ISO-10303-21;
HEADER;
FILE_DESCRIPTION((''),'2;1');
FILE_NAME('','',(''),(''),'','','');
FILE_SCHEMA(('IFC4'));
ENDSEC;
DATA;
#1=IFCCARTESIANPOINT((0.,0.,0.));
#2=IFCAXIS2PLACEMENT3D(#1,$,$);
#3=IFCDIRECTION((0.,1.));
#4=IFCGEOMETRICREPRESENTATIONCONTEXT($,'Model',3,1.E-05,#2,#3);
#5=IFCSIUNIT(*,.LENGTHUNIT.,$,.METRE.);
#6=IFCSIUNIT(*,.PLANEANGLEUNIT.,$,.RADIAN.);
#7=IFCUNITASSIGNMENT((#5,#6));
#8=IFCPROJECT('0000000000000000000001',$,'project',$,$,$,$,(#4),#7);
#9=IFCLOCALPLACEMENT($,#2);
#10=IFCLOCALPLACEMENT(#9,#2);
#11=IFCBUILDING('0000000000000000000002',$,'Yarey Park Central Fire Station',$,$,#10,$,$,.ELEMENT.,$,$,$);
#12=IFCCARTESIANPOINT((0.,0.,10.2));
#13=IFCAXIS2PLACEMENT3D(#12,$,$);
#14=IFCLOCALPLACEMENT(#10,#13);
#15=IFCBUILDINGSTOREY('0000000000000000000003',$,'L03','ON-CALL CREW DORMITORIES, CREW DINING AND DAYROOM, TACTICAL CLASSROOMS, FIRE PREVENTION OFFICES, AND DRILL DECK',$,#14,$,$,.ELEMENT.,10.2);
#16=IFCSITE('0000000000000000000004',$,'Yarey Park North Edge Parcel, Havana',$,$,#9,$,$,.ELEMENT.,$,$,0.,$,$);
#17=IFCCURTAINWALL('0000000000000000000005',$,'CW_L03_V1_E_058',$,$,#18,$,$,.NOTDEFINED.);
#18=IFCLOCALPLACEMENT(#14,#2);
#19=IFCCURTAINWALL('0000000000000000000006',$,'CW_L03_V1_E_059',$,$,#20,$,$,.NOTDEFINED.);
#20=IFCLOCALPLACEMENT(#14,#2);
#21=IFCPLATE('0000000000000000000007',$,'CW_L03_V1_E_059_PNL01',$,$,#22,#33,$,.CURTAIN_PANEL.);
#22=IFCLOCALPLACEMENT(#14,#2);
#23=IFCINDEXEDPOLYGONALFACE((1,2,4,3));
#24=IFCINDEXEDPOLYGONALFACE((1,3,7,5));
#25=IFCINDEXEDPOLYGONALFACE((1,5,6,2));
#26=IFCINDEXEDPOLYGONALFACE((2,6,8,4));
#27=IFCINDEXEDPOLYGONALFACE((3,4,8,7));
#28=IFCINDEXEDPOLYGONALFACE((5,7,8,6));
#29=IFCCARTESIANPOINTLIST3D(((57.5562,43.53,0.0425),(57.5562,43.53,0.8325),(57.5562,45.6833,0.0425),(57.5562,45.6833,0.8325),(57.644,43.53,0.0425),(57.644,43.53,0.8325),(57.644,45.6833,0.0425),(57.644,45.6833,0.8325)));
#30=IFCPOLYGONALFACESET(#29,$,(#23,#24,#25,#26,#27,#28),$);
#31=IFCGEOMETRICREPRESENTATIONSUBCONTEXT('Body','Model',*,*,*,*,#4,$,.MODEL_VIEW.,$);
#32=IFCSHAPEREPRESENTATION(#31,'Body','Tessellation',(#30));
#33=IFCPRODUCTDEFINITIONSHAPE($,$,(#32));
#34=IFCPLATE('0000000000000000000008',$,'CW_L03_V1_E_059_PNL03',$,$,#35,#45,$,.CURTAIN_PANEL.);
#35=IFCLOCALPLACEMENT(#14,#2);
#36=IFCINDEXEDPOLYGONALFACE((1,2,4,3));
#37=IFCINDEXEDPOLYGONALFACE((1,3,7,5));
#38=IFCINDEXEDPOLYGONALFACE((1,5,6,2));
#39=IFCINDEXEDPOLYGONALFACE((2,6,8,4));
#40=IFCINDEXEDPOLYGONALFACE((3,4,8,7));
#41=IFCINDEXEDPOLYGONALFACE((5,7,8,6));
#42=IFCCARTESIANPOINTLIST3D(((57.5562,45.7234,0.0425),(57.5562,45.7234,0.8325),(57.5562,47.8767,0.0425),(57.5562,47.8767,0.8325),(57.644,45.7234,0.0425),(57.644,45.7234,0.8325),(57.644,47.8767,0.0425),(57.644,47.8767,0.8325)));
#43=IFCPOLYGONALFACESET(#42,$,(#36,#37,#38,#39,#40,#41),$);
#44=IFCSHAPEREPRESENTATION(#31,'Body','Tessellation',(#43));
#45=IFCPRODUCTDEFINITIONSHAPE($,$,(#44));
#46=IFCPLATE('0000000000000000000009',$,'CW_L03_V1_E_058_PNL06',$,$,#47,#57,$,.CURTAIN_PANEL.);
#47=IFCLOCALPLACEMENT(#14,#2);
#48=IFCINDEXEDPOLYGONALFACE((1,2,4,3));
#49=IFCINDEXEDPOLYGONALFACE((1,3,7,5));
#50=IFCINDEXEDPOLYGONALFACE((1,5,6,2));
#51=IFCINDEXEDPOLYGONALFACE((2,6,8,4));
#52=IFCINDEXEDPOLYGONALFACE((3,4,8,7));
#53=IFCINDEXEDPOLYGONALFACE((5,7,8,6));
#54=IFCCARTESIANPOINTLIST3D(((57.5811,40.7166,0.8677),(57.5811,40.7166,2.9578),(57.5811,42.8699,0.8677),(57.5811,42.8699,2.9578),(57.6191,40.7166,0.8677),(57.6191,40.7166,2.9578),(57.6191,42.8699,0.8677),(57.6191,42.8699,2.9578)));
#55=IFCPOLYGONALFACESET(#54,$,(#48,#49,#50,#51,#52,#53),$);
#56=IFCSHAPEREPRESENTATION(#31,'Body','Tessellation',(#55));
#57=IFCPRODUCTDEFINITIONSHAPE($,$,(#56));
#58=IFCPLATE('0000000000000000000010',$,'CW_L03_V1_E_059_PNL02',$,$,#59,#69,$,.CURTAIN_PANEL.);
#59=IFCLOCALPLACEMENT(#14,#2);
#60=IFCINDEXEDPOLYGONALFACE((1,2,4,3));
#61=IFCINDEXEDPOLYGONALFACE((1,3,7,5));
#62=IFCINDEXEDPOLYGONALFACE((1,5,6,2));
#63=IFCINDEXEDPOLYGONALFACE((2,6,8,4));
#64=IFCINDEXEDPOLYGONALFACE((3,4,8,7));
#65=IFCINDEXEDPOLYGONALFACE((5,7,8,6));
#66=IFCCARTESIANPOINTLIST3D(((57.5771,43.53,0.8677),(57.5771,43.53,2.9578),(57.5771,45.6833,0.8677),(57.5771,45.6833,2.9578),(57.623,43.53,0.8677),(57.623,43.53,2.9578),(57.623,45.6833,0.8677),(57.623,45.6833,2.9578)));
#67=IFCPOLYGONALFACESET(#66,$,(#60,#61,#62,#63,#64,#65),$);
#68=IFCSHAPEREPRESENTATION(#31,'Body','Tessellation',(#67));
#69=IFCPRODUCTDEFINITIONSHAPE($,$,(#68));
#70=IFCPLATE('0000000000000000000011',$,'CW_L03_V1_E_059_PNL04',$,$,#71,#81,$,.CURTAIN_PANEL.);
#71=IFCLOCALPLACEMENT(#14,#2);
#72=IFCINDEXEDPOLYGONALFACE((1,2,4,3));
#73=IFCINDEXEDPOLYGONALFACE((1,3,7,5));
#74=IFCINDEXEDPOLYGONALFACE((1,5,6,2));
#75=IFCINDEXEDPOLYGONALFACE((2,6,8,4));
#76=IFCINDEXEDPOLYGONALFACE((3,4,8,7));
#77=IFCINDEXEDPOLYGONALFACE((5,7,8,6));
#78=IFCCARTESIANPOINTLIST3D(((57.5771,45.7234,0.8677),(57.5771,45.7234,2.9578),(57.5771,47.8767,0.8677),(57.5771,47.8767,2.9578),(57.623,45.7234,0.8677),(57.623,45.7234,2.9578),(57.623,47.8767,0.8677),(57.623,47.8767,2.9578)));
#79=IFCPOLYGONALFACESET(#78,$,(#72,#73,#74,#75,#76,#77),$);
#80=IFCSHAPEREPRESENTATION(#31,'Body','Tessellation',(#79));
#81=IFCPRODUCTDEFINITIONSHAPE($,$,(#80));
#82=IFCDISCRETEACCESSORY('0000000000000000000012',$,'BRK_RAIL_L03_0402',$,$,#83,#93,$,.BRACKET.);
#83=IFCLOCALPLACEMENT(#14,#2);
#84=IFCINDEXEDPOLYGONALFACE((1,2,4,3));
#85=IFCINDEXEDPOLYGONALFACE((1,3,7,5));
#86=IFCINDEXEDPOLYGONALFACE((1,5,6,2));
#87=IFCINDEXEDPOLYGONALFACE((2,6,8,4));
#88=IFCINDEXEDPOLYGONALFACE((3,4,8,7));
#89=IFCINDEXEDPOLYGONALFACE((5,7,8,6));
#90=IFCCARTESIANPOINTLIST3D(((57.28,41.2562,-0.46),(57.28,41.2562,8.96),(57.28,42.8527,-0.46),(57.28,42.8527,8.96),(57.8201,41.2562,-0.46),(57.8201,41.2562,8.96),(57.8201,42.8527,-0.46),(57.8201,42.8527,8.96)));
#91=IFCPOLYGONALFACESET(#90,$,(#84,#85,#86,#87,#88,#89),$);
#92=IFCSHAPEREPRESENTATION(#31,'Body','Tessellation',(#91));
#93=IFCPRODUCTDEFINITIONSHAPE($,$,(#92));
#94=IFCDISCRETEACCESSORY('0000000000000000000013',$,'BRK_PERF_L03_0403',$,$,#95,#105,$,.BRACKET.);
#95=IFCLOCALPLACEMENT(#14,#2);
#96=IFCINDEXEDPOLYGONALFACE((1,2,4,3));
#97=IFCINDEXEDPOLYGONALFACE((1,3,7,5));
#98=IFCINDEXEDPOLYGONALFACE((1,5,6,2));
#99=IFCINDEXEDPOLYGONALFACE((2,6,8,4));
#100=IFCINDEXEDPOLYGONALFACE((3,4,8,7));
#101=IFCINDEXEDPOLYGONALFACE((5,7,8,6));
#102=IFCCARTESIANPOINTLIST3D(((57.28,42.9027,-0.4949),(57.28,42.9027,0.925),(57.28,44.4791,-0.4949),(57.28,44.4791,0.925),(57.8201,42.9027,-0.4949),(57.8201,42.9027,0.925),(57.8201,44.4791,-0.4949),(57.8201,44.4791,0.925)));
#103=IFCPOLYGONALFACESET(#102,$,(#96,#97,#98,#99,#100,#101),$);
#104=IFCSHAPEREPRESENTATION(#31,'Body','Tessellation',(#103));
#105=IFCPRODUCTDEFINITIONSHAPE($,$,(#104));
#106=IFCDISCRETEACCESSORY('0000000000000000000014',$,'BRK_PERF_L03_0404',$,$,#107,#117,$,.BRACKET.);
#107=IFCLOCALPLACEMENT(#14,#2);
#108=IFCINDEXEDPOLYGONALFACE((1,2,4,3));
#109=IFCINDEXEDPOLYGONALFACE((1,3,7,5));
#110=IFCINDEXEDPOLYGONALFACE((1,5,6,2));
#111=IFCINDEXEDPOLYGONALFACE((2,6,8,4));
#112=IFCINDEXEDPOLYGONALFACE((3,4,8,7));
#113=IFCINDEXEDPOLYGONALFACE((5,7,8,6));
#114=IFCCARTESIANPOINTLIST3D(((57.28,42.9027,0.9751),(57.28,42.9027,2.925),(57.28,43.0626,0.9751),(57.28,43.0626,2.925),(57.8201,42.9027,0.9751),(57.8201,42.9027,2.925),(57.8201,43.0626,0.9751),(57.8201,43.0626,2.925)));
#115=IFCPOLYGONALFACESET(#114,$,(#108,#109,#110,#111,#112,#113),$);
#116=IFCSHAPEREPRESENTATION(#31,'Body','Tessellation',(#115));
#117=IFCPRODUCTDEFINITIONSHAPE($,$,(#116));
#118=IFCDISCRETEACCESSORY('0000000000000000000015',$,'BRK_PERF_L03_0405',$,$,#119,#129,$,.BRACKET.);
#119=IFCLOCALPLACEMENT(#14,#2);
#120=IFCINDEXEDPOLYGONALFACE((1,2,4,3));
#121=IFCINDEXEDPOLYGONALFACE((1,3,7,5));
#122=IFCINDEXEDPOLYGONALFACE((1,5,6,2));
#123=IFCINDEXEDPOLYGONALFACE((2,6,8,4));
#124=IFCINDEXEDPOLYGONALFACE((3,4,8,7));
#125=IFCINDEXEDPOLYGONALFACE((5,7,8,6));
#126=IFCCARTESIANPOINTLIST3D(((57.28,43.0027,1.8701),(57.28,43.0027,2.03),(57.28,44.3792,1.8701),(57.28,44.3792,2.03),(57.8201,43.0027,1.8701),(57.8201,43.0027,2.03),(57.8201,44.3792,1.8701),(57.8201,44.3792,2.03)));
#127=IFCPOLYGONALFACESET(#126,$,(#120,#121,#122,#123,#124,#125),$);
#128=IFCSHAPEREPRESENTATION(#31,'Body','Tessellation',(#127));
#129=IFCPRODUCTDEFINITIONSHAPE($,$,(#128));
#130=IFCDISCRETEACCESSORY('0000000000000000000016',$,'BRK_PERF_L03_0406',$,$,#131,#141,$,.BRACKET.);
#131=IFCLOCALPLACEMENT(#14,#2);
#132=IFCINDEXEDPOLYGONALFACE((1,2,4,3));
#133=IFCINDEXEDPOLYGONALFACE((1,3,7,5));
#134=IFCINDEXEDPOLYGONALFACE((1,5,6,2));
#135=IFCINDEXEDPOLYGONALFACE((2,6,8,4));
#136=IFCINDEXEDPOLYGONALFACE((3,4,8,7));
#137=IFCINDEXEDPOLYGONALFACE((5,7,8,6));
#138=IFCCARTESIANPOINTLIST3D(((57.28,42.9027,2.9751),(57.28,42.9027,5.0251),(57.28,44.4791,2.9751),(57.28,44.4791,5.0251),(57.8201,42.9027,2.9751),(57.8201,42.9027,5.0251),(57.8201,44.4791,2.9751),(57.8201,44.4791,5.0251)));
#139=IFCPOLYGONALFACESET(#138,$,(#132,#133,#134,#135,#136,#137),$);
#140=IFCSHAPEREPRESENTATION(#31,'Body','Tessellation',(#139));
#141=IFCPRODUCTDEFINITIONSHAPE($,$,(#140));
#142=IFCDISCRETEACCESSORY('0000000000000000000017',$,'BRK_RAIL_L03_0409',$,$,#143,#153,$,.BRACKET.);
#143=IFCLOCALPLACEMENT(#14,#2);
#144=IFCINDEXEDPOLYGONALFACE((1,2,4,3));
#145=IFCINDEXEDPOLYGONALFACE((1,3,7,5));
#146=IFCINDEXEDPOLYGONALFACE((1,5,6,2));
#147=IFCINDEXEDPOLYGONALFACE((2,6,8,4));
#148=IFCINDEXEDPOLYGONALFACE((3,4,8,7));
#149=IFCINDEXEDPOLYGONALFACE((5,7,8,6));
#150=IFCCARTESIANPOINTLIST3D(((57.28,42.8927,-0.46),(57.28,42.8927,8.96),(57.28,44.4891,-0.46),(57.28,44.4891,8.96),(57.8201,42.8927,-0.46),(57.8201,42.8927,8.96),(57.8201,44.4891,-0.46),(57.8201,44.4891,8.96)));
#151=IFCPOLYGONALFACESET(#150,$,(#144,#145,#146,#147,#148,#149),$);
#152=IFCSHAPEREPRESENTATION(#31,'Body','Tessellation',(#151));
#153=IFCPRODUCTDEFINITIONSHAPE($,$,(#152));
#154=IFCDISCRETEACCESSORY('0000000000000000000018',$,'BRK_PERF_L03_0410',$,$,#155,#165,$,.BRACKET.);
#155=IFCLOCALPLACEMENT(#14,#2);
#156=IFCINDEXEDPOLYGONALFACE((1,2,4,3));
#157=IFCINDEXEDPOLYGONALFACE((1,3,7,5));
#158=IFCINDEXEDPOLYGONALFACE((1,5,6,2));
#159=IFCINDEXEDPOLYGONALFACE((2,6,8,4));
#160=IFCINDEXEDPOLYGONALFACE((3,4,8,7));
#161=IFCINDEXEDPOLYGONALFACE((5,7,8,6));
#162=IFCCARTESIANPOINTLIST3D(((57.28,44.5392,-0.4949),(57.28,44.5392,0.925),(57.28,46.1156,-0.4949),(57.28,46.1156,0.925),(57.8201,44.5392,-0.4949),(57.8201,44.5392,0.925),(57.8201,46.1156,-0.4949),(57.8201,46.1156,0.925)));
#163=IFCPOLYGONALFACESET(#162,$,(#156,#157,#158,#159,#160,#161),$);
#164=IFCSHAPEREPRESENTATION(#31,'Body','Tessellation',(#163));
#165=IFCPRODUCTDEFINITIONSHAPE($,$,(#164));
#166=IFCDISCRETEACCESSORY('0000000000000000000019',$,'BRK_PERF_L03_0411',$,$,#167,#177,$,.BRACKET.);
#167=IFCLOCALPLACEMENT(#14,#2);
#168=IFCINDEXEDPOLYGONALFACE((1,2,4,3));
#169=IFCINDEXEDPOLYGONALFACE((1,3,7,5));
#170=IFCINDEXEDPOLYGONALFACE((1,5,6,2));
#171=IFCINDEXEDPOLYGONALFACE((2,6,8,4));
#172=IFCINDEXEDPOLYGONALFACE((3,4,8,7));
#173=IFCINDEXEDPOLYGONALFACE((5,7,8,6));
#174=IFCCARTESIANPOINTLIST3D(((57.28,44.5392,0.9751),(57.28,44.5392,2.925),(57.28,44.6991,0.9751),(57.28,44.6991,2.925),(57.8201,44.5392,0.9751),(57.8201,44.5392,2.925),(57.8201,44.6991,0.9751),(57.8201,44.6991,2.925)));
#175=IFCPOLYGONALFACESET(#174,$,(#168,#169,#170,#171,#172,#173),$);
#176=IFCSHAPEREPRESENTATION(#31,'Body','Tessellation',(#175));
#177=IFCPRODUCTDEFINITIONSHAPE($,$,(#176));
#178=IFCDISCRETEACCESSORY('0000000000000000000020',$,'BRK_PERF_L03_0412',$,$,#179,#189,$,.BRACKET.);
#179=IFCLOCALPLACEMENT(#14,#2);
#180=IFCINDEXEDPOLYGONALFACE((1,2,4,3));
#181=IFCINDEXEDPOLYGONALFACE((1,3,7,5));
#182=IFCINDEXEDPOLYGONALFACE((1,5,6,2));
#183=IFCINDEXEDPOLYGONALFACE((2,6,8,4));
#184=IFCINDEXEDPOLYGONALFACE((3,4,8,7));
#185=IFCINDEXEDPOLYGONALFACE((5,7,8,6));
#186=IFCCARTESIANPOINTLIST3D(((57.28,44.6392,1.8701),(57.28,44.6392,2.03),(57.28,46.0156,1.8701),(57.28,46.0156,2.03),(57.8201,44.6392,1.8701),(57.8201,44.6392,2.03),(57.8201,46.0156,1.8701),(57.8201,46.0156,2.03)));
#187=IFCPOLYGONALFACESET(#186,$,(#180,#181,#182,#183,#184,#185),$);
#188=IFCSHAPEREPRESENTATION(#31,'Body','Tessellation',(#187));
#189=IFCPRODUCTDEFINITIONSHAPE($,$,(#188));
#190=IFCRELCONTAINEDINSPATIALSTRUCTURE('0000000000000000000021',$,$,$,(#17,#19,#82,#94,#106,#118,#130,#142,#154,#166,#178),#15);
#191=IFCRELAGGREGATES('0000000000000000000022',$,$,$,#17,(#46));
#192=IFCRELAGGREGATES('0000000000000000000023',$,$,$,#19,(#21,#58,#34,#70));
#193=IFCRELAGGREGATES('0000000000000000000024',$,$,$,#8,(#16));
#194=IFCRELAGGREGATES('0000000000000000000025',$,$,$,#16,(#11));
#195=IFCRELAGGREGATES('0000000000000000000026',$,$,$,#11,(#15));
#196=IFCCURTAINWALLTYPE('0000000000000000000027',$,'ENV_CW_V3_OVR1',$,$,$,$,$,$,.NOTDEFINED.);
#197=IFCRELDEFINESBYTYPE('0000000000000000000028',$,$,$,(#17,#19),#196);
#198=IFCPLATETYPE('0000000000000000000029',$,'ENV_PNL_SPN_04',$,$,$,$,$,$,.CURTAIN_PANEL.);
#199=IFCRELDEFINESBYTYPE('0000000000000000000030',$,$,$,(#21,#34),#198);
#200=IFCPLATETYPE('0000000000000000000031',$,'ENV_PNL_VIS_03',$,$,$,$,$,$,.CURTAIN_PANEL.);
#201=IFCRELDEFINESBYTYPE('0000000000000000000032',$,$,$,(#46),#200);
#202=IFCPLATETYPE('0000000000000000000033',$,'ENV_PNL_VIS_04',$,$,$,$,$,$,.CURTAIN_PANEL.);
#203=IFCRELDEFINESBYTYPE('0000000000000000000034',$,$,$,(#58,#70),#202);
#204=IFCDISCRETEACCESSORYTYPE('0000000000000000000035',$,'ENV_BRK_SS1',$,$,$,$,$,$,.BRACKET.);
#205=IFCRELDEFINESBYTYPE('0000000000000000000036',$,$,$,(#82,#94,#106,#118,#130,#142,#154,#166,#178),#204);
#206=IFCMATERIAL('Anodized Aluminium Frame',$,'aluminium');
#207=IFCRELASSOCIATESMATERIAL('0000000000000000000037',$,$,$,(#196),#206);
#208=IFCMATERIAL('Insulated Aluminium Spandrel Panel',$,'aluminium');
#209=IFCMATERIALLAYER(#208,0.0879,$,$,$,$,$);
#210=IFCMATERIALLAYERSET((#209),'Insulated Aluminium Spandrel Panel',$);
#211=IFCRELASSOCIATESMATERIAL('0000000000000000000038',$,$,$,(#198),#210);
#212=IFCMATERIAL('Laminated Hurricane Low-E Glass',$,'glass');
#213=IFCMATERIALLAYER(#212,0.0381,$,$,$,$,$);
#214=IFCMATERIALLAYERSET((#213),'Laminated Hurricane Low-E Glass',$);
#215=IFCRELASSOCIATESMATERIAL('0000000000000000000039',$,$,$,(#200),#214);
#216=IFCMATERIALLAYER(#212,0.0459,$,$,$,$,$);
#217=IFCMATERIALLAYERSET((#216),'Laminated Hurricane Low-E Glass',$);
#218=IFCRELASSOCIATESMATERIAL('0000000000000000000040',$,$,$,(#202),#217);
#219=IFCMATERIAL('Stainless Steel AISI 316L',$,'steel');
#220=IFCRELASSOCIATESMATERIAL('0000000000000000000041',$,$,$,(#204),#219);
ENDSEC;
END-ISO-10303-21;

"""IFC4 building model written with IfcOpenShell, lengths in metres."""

from ifc_helpers import new_model, si_unit, direction, frame, origin, origin_2d, place, context, subcontext, project, spatial, rectangle, extrude, material, layer, layer_set, type_object, element, aggregate, save


model = new_model("IFC4")

# Units and contexts
model_context = context("Model", 3, precision=1e-05, world=origin(), true_north=direction((0.0, 1.0)))
body_context = subcontext(model_context, "Body", "Model", "MODEL_VIEW")
ifc_project = project(units=[si_unit("LENGTHUNIT", "METRE"), si_unit("PLANEANGLEUNIT", "RADIAN")], contexts=[model_context])

# Site, building, storey
site_placement = place(None, origin())
site = spatial("IfcSite", under=ifc_project, at=site_placement, Name="Yarey Park North Edge Parcel, Havana", CompositionType="ELEMENT", RefElevation=0.0)
building_placement = place(site_placement, origin())
building = spatial("IfcBuilding", under=site, at=building_placement, Name="Yarey Park Central Fire Station", CompositionType="ELEMENT")
storey_placement = place(building_placement, frame((0.0, 0.0, 10.2)))
storey = spatial("IfcBuildingStorey", under=building, at=storey_placement, Name="L03", Description="ON-CALL CREW DORMITORIES, CREW DINING AND DAYROOM, TACTICAL CLASSROOMS, FIRE PREVENTION OFFICES, AND DRILL DECK", CompositionType="ELEMENT", Elevation=10.2)

# Curtain walls
ifc_material_1 = material(Name="Anodized Aluminium Frame", Category="aluminium")
curtain_wall_type = type_object("IfcCurtainWallType", Name="ENV_CW_V3_OVR1", PredefinedType="NOTDEFINED", material=ifc_material_1)
curtain_wall_1_placement = place(storey_placement, origin())
curtain_wall_1 = element("IfcCurtainWall", 1, at=curtain_wall_1_placement, inside=storey, type_object=curtain_wall_type, Name="CW_L03_V1_E_058", PredefinedType="NOTDEFINED")
curtain_wall_2_placement = place(storey_placement, origin())
curtain_wall_2 = element("IfcCurtainWall", 2, at=curtain_wall_2_placement, inside=storey, type_object=curtain_wall_type, Name="CW_L03_V1_E_059", PredefinedType="NOTDEFINED")

# Plates
ifc_material_2 = material(Name="Insulated Aluminium Spandrel Panel", Category="aluminium")
ifc_layer_1 = layer(ifc_material_2, 0.0879)
ifc_layer_set_1 = layer_set([ifc_layer_1], Name="Insulated Aluminium Spandrel Panel")
plate_type_1 = type_object("IfcPlateType", Name="ENV_PNL_SPN_04", PredefinedType="CURTAIN_PANEL", material=ifc_layer_set_1)
plate_1_placement = place(storey_placement, frame((57.6001, 44.6067, 0.0425), z_axis=(0.0, 0.0, 1.0), x_axis=(0.0, 1.0, 0.0)))
plate_1 = element("IfcPlate", 3, at=plate_1_placement, type_object=plate_type_1, Name="CW_L03_V1_E_059_PNL01", PredefinedType="CURTAIN_PANEL", context=body_context, shape_type="SweptSolid", body=[
    extrude(rectangle(XDim=2.1533, YDim=0.0879, at=origin_2d()), origin(), (0.0, 0.0, 1.0), 0.79),
])
plate_2_placement = place(storey_placement, frame((57.6001, 46.8, 0.0425), z_axis=(0.0, 0.0, 1.0), x_axis=(0.0, 1.0, 0.0)))
plate_2 = element("IfcPlate", 4, at=plate_2_placement, type_object=plate_type_1, Name="CW_L03_V1_E_059_PNL03", PredefinedType="CURTAIN_PANEL", context=body_context, shape_type="SweptSolid", body=[
    extrude(rectangle(XDim=2.1533, YDim=0.0879, at=origin_2d()), origin(), (0.0, 0.0, 1.0), 0.79),
])
ifc_material_3 = material(Name="Laminated Hurricane Low-E Glass", Category="glass")
ifc_layer_2 = layer(ifc_material_3, 0.0381)
ifc_layer_set_2 = layer_set([ifc_layer_2], Name="Laminated Hurricane Low-E Glass")
plate_type_2 = type_object("IfcPlateType", Name="ENV_PNL_VIS_03", PredefinedType="CURTAIN_PANEL", material=ifc_layer_set_2)
plate_3_placement = place(storey_placement, frame((57.6001, 41.7932, 0.8677), z_axis=(0.0, 0.0, 1.0), x_axis=(0.0, 1.0, 0.0)))
plate_3 = element("IfcPlate", 5, at=plate_3_placement, type_object=plate_type_2, Name="CW_L03_V1_E_058_PNL06", PredefinedType="CURTAIN_PANEL", context=body_context, shape_type="SweptSolid", body=[
    extrude(rectangle(XDim=2.1533, YDim=0.0381, at=origin_2d()), origin(), (0.0, 0.0, 1.0), 2.0901),
])
aggregate(curtain_wall_1, [plate_3])
ifc_layer_3 = layer(ifc_material_3, 0.0459)
ifc_layer_set_3 = layer_set([ifc_layer_3], Name="Laminated Hurricane Low-E Glass")
plate_type_3 = type_object("IfcPlateType", Name="ENV_PNL_VIS_04", PredefinedType="CURTAIN_PANEL", material=ifc_layer_set_3)
plate_4_placement = place(storey_placement, frame((57.6001, 44.6067, 0.8677), z_axis=(0.0, 0.0, 1.0), x_axis=(0.0, 1.0, 0.0)))
plate_4 = element("IfcPlate", 6, at=plate_4_placement, type_object=plate_type_3, Name="CW_L03_V1_E_059_PNL02", PredefinedType="CURTAIN_PANEL", context=body_context, shape_type="SweptSolid", body=[
    extrude(rectangle(XDim=2.1533, YDim=0.0459, at=origin_2d()), origin(), (0.0, 0.0, 1.0), 2.0901),
])
plate_5_placement = place(storey_placement, frame((57.6001, 46.8, 0.8677), z_axis=(0.0, 0.0, 1.0), x_axis=(0.0, 1.0, 0.0)))
plate_5 = element("IfcPlate", 7, at=plate_5_placement, type_object=plate_type_3, Name="CW_L03_V1_E_059_PNL04", PredefinedType="CURTAIN_PANEL", context=body_context, shape_type="SweptSolid", body=[
    extrude(rectangle(XDim=2.1533, YDim=0.0459, at=origin_2d()), origin(), (0.0, 0.0, 1.0), 2.0901),
])
aggregate(curtain_wall_2, [plate_1, plate_4, plate_2, plate_5])

# Discrete accessories
ifc_material_4 = material(Name="Stainless Steel AISI 316L", Category="steel")
discrete_accessory_type = type_object("IfcDiscreteAccessoryType", Name="ENV_BRK_SS1", PredefinedType="BRACKET", material=ifc_material_4)
discrete_accessory_1_placement = place(storey_placement, frame((57.55, 42.0544, -0.46), z_axis=(0.0, 0.0, 1.0), x_axis=(1.0, 0.0, 0.0)))
element("IfcDiscreteAccessory", 8, at=discrete_accessory_1_placement, inside=storey, type_object=discrete_accessory_type, Name="BRK_RAIL_L03_0402", PredefinedType="BRACKET", context=body_context, shape_type="SweptSolid", body=[
    extrude(rectangle(XDim=0.54, YDim=1.5964, at=origin_2d()), origin(), (0.0, 0.0, 1.0), 9.4199),
])
discrete_accessory_2_placement = place(storey_placement, frame((57.55, 43.6909, -0.4949), z_axis=(0.0, 0.0, 1.0), x_axis=(1.0, 0.0, 0.0)))
element("IfcDiscreteAccessory", 9, at=discrete_accessory_2_placement, inside=storey, type_object=discrete_accessory_type, Name="BRK_PERF_L03_0403", PredefinedType="BRACKET", context=body_context, shape_type="SweptSolid", body=[
    extrude(rectangle(XDim=0.54, YDim=1.5764, at=origin_2d()), origin(), (0.0, 0.0, 1.0), 1.4199),
])
discrete_accessory_3_placement = place(storey_placement, frame((57.55, 42.9827, 0.9751), z_axis=(0.0, 0.0, 1.0), x_axis=(1.0, 0.0, 0.0)))
element("IfcDiscreteAccessory", 10, at=discrete_accessory_3_placement, inside=storey, type_object=discrete_accessory_type, Name="BRK_PERF_L03_0404", PredefinedType="BRACKET", context=body_context, shape_type="SweptSolid", body=[
    extrude(rectangle(XDim=0.54, YDim=0.1599, at=origin_2d()), origin(), (0.0, 0.0, 1.0), 1.95),
])
discrete_accessory_4_placement = place(storey_placement, frame((57.55, 43.6909, 1.8701), z_axis=(0.0, 0.0, 1.0), x_axis=(1.0, 0.0, 0.0)))
element("IfcDiscreteAccessory", 11, at=discrete_accessory_4_placement, inside=storey, type_object=discrete_accessory_type, Name="BRK_PERF_L03_0405", PredefinedType="BRACKET", context=body_context, shape_type="SweptSolid", body=[
    extrude(rectangle(XDim=0.54, YDim=1.3765, at=origin_2d()), origin(), (0.0, 0.0, 1.0), 0.1599),
])
discrete_accessory_5_placement = place(storey_placement, frame((57.55, 43.6909, 2.9751), z_axis=(0.0, 0.0, 1.0), x_axis=(1.0, 0.0, 0.0)))
element("IfcDiscreteAccessory", 12, at=discrete_accessory_5_placement, inside=storey, type_object=discrete_accessory_type, Name="BRK_PERF_L03_0406", PredefinedType="BRACKET", context=body_context, shape_type="SweptSolid", body=[
    extrude(rectangle(XDim=0.54, YDim=1.5764, at=origin_2d()), origin(), (0.0, 0.0, 1.0), 2.05),
])
discrete_accessory_6_placement = place(storey_placement, frame((57.55, 43.6909, -0.46), z_axis=(0.0, 0.0, 1.0), x_axis=(1.0, 0.0, 0.0)))
element("IfcDiscreteAccessory", 13, at=discrete_accessory_6_placement, inside=storey, type_object=discrete_accessory_type, Name="BRK_RAIL_L03_0409", PredefinedType="BRACKET", context=body_context, shape_type="SweptSolid", body=[
    extrude(rectangle(XDim=0.54, YDim=1.5964, at=origin_2d()), origin(), (0.0, 0.0, 1.0), 9.4199),
])
discrete_accessory_7_placement = place(storey_placement, frame((57.55, 45.3274, -0.4949), z_axis=(0.0, 0.0, 1.0), x_axis=(1.0, 0.0, 0.0)))
element("IfcDiscreteAccessory", 14, at=discrete_accessory_7_placement, inside=storey, type_object=discrete_accessory_type, Name="BRK_PERF_L03_0410", PredefinedType="BRACKET", context=body_context, shape_type="SweptSolid", body=[
    extrude(rectangle(XDim=0.54, YDim=1.5764, at=origin_2d()), origin(), (0.0, 0.0, 1.0), 1.4199),
])
discrete_accessory_8_placement = place(storey_placement, frame((57.55, 44.6191, 0.9751), z_axis=(0.0, 0.0, 1.0), x_axis=(1.0, 0.0, 0.0)))
element("IfcDiscreteAccessory", 15, at=discrete_accessory_8_placement, inside=storey, type_object=discrete_accessory_type, Name="BRK_PERF_L03_0411", PredefinedType="BRACKET", context=body_context, shape_type="SweptSolid", body=[
    extrude(rectangle(XDim=0.54, YDim=0.1599, at=origin_2d()), origin(), (0.0, 0.0, 1.0), 1.95),
])
discrete_accessory_9_placement = place(storey_placement, frame((57.55, 45.3274, 1.8701), z_axis=(0.0, 0.0, 1.0), x_axis=(1.0, 0.0, 0.0)))
element("IfcDiscreteAccessory", 16, at=discrete_accessory_9_placement, inside=storey, type_object=discrete_accessory_type, Name="BRK_PERF_L03_0412", PredefinedType="BRACKET", context=body_context, shape_type="SweptSolid", body=[
    extrude(rectangle(XDim=0.54, YDim=1.3765, at=origin_2d()), origin(), (0.0, 0.0, 1.0), 0.1599),
])

save(model, "model.ifc")
